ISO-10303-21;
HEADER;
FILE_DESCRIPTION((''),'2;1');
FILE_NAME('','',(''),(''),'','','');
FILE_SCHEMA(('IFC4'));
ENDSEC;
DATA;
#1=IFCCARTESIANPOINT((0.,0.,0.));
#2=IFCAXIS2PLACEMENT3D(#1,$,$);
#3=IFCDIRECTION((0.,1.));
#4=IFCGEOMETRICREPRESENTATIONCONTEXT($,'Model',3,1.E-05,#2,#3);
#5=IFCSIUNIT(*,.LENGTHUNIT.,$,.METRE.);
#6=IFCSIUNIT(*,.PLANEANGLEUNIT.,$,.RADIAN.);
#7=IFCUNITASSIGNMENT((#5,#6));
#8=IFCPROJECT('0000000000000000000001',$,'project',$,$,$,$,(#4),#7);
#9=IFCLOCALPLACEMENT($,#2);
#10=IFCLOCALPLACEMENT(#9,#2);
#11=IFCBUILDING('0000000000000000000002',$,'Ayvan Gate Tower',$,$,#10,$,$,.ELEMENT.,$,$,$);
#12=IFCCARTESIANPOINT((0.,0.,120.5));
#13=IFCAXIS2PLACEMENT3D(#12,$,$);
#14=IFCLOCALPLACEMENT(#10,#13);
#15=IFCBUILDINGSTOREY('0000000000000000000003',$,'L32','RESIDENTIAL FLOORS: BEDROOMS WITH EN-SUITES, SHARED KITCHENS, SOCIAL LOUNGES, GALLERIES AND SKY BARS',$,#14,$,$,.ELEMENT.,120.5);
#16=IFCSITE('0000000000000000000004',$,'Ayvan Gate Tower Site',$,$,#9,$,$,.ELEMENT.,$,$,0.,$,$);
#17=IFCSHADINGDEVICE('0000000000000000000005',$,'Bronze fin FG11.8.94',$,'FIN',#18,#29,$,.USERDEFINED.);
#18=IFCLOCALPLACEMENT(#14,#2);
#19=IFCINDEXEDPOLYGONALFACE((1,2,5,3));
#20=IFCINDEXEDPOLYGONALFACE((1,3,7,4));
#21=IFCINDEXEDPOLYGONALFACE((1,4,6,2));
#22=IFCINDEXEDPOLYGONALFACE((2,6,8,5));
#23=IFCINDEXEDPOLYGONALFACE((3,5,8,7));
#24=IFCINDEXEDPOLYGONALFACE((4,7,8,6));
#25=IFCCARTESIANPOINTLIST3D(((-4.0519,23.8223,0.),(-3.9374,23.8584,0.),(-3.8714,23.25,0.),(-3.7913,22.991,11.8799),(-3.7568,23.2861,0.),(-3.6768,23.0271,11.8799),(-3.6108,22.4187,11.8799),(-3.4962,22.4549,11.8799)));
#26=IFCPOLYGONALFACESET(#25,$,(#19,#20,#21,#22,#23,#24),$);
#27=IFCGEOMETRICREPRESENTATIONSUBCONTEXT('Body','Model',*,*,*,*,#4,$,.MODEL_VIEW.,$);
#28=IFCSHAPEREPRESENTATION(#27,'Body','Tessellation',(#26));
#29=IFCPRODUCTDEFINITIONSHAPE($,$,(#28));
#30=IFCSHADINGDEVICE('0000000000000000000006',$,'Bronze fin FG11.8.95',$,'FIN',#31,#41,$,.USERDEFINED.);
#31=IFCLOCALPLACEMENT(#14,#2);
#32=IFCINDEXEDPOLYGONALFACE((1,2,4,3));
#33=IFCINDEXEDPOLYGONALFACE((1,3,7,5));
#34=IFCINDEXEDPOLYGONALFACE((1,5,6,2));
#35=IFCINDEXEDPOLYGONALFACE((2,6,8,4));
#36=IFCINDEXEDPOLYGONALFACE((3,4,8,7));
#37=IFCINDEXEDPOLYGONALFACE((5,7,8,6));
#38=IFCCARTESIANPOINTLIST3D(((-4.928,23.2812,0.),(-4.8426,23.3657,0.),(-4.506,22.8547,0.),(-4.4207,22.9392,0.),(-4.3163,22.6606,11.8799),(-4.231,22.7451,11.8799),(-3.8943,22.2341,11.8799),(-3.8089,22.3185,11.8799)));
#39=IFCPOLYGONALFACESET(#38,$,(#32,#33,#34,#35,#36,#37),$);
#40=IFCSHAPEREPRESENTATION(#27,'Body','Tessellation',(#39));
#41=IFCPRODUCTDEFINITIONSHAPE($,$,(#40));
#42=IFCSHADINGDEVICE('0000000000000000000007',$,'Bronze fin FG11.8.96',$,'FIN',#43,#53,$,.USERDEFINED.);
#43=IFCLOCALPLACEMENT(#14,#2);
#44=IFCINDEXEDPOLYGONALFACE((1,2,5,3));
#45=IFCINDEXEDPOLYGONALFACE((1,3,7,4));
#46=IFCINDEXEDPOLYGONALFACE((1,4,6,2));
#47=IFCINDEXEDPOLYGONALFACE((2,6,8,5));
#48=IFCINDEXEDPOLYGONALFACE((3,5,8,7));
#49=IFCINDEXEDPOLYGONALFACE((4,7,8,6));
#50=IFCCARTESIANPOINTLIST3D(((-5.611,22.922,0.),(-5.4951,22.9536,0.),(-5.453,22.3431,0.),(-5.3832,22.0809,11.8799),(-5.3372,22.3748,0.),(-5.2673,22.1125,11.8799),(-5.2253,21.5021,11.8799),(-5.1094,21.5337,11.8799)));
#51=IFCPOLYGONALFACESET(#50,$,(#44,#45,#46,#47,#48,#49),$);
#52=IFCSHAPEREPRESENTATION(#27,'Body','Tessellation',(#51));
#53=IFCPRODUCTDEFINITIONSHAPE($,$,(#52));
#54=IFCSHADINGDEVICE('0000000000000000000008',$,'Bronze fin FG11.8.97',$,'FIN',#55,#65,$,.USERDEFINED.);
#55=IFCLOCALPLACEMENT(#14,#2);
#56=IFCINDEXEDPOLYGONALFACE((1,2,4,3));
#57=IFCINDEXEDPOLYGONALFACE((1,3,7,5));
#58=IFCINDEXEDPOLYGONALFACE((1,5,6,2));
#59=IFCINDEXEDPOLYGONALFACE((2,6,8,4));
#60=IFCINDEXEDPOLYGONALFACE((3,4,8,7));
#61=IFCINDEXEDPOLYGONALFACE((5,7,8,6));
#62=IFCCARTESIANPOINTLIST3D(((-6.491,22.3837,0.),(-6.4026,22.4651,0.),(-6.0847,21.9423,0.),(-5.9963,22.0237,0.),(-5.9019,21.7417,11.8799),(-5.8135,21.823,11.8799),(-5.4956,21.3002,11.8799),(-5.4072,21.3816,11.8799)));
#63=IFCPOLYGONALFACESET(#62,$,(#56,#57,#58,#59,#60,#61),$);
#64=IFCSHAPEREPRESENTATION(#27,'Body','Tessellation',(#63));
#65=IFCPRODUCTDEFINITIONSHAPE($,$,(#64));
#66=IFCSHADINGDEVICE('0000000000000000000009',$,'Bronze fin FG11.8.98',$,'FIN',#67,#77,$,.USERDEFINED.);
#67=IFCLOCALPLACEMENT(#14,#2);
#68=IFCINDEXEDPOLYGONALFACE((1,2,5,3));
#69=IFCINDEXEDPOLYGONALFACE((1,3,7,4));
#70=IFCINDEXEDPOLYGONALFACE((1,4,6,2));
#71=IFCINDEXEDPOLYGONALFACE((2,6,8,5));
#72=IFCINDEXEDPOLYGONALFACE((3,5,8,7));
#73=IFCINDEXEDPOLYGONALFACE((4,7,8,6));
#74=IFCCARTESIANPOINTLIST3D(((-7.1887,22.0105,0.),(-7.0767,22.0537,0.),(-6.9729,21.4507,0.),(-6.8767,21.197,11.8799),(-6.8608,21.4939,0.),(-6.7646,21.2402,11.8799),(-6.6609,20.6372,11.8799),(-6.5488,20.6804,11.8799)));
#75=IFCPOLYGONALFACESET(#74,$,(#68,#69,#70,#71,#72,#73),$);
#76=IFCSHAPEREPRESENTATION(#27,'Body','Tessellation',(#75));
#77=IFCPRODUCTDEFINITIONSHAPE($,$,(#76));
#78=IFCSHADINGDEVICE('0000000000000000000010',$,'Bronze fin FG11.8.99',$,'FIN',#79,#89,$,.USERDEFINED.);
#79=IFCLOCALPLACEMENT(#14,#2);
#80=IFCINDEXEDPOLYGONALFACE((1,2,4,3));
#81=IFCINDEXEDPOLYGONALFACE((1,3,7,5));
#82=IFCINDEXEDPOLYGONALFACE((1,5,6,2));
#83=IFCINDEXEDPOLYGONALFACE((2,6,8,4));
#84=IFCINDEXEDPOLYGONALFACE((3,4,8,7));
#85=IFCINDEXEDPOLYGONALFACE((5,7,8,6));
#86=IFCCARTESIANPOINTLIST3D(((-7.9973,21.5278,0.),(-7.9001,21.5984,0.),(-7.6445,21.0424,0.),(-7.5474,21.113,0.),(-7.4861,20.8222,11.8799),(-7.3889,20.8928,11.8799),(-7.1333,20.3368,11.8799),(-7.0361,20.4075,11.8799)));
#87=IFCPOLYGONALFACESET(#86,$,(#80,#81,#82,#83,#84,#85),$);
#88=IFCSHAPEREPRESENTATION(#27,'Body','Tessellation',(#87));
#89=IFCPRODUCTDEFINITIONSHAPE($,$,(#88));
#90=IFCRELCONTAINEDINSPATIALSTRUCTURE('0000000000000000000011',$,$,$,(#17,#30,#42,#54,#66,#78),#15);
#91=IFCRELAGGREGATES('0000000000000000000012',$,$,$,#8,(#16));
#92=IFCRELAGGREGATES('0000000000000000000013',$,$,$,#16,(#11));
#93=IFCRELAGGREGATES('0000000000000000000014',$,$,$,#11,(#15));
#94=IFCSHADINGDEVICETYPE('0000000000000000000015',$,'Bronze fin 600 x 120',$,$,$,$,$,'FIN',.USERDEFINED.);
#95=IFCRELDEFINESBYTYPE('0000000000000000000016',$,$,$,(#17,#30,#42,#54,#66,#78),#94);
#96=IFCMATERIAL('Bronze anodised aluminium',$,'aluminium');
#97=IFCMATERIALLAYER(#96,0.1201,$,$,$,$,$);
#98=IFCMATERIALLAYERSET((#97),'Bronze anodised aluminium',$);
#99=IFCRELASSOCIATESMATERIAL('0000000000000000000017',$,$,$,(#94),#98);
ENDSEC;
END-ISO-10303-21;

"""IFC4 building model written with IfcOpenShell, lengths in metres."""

from ifc_helpers import new_model, si_unit, direction, frame, origin, place, context, subcontext, project, spatial, polyline, outline, extrude, material, layer, layer_set, type_object, element, save


model = new_model("IFC4")

# Units and contexts
model_context = context("Model", 3, precision=1e-05, world=origin(), true_north=direction((0.0, 1.0)))
body_context = subcontext(model_context, "Body", "Model", "MODEL_VIEW")
ifc_project = project(units=[si_unit("LENGTHUNIT", "METRE"), si_unit("PLANEANGLEUNIT", "RADIAN")], contexts=[model_context])

# Site, building, storey
site_placement = place(None, origin())
site = spatial("IfcSite", under=ifc_project, at=site_placement, Name="Ayvan Gate Tower Site", CompositionType="ELEMENT", RefElevation=0.0)
building_placement = place(site_placement, origin())
building = spatial("IfcBuilding", under=site, at=building_placement, Name="Ayvan Gate Tower", CompositionType="ELEMENT")
storey_placement = place(building_placement, frame((0.0, 0.0, 120.5)))
storey = spatial("IfcBuildingStorey", under=building, at=storey_placement, Name="L32", Description="RESIDENTIAL FLOORS: BEDROOMS WITH EN-SUITES, SHARED KITCHENS, SOCIAL LOUNGES, GALLERIES AND SKY BARS", CompositionType="ELEMENT", Elevation=120.5)

# Shared definitions
ifc_material_1 = material(Name="Bronze anodised aluminium", Category="aluminium")

# Shading devices
ifc_layer_1 = layer(ifc_material_1, 0.1201)
ifc_layer_set_1 = layer_set([ifc_layer_1], Name="Bronze anodised aluminium")
shading_device_type = type_object("IfcShadingDeviceType", Name="Bronze fin 600 x 120", ElementType="FIN", PredefinedType="USERDEFINED", material=ifc_layer_set_1)
shading_device_1_placement = place(storey_placement, frame((-3.7568, 23.2861, 0.0), z_axis=(0.953666, 0.300868, 0.000132), x_axis=(-0.300868, 0.953666, 0.0)))
element("IfcShadingDevice", 1, at=shading_device_1_placement, inside=storey, type_object=shading_device_type, Name="Bronze fin FG11.8.94", ObjectType="FIN", PredefinedType="USERDEFINED", context=body_context, shape_type="SweptSolid", body=[
    extrude(outline(polyline([(0.0, 0.0), (0.6001, 0.0), (-0.2711, 11.8799), (-0.8712, 11.8799), (0.0, 0.0)])), origin(), (0.0, 0.0, -1.0), 0.1201),
])
shading_device_2_placement = place(storey_placement, frame((-4.4207, 22.9392, 0.0), z_axis=(0.710861, 0.703333, 0.00014), x_axis=(-0.703333, 0.710861, 0.0)))
element("IfcShadingDevice", 2, at=shading_device_2_placement, inside=storey, type_object=shading_device_type, Name="Bronze fin FG11.8.95", ObjectType="FIN", PredefinedType="USERDEFINED", context=body_context, shape_type="SweptSolid", body=[
    extrude(outline(polyline([(0.0, 0.0), (0.5999, 0.0), (-0.2714, 11.8799), (-0.8715, 11.8799), (0.0, 0.0)])), origin(), (0.0, 0.0, -1.0), 0.1201),
])
shading_device_3_placement = place(storey_placement, frame((-5.3372, 22.3748, 0.0), z_axis=(0.964726, 0.263255, 0.00014), x_axis=(-0.263255, 0.964726, 0.0)))
element("IfcShadingDevice", 3, at=shading_device_3_placement, inside=storey, type_object=shading_device_type, Name="Bronze fin FG11.8.96", ObjectType="FIN", PredefinedType="USERDEFINED", context=body_context, shape_type="SweptSolid", body=[
    extrude(outline(polyline([(0.0, 0.0), (0.6, 0.0), (-0.2713, 11.8799), (-0.8714, 11.8799), (0.0, 0.0)])), origin(), (0.0, 0.0, -1.0), 0.1201),
])
shading_device_4_placement = place(storey_placement, frame((-5.9963, 22.0237, 0.0), z_axis=(0.735801, 0.677198, 0.000114), x_axis=(-0.677198, 0.735801, 0.0)))
element("IfcShadingDevice", 4, at=shading_device_4_placement, inside=storey, type_object=shading_device_type, Name="Bronze fin FG11.8.97", ObjectType="FIN", PredefinedType="USERDEFINED", context=body_context, shape_type="SweptSolid", body=[
    extrude(outline(polyline([(0.0, 0.0), (0.5999, 0.0), (-0.2715, 11.8799), (-0.8714, 11.8799), (0.0, 0.0)])), origin(), (0.0, 0.0, -1.0), 0.1201),
])
shading_device_5_placement = place(storey_placement, frame((-6.8608, 21.4939, 0.0), z_axis=(0.933062, 0.359715, 0.000126), x_axis=(-0.359715, 0.933062, 0.0)))
element("IfcShadingDevice", 5, at=shading_device_5_placement, inside=storey, type_object=shading_device_type, Name="Bronze fin FG11.8.98", ObjectType="FIN", PredefinedType="USERDEFINED", context=body_context, shape_type="SweptSolid", body=[
    extrude(outline(polyline([(0.0, 0.0), (0.6, 0.0), (-0.2713, 11.8799), (-0.8713, 11.8799), (0.0, 0.0)])), origin(), (0.0, 0.0, -1.0), 0.1201),
])
shading_device_6_placement = place(storey_placement, frame((-7.5474, 21.113, 0.0), z_axis=(0.808894, 0.587954, 0.00011), x_axis=(-0.587954, 0.808894, 0.0)))
element("IfcShadingDevice", 6, at=shading_device_6_placement, inside=storey, type_object=shading_device_type, Name="Bronze fin FG11.8.99", ObjectType="FIN", PredefinedType="USERDEFINED", context=body_context, shape_type="SweptSolid", body=[
    extrude(outline(polyline([(0.0, 0.0), (0.6, 0.0), (-0.2713, 11.8799), (-0.8713, 11.8799), (0.0, 0.0)])), origin(), (0.0, 0.0, -1.0), 0.1201),
])

save(model, "model.ifc")
